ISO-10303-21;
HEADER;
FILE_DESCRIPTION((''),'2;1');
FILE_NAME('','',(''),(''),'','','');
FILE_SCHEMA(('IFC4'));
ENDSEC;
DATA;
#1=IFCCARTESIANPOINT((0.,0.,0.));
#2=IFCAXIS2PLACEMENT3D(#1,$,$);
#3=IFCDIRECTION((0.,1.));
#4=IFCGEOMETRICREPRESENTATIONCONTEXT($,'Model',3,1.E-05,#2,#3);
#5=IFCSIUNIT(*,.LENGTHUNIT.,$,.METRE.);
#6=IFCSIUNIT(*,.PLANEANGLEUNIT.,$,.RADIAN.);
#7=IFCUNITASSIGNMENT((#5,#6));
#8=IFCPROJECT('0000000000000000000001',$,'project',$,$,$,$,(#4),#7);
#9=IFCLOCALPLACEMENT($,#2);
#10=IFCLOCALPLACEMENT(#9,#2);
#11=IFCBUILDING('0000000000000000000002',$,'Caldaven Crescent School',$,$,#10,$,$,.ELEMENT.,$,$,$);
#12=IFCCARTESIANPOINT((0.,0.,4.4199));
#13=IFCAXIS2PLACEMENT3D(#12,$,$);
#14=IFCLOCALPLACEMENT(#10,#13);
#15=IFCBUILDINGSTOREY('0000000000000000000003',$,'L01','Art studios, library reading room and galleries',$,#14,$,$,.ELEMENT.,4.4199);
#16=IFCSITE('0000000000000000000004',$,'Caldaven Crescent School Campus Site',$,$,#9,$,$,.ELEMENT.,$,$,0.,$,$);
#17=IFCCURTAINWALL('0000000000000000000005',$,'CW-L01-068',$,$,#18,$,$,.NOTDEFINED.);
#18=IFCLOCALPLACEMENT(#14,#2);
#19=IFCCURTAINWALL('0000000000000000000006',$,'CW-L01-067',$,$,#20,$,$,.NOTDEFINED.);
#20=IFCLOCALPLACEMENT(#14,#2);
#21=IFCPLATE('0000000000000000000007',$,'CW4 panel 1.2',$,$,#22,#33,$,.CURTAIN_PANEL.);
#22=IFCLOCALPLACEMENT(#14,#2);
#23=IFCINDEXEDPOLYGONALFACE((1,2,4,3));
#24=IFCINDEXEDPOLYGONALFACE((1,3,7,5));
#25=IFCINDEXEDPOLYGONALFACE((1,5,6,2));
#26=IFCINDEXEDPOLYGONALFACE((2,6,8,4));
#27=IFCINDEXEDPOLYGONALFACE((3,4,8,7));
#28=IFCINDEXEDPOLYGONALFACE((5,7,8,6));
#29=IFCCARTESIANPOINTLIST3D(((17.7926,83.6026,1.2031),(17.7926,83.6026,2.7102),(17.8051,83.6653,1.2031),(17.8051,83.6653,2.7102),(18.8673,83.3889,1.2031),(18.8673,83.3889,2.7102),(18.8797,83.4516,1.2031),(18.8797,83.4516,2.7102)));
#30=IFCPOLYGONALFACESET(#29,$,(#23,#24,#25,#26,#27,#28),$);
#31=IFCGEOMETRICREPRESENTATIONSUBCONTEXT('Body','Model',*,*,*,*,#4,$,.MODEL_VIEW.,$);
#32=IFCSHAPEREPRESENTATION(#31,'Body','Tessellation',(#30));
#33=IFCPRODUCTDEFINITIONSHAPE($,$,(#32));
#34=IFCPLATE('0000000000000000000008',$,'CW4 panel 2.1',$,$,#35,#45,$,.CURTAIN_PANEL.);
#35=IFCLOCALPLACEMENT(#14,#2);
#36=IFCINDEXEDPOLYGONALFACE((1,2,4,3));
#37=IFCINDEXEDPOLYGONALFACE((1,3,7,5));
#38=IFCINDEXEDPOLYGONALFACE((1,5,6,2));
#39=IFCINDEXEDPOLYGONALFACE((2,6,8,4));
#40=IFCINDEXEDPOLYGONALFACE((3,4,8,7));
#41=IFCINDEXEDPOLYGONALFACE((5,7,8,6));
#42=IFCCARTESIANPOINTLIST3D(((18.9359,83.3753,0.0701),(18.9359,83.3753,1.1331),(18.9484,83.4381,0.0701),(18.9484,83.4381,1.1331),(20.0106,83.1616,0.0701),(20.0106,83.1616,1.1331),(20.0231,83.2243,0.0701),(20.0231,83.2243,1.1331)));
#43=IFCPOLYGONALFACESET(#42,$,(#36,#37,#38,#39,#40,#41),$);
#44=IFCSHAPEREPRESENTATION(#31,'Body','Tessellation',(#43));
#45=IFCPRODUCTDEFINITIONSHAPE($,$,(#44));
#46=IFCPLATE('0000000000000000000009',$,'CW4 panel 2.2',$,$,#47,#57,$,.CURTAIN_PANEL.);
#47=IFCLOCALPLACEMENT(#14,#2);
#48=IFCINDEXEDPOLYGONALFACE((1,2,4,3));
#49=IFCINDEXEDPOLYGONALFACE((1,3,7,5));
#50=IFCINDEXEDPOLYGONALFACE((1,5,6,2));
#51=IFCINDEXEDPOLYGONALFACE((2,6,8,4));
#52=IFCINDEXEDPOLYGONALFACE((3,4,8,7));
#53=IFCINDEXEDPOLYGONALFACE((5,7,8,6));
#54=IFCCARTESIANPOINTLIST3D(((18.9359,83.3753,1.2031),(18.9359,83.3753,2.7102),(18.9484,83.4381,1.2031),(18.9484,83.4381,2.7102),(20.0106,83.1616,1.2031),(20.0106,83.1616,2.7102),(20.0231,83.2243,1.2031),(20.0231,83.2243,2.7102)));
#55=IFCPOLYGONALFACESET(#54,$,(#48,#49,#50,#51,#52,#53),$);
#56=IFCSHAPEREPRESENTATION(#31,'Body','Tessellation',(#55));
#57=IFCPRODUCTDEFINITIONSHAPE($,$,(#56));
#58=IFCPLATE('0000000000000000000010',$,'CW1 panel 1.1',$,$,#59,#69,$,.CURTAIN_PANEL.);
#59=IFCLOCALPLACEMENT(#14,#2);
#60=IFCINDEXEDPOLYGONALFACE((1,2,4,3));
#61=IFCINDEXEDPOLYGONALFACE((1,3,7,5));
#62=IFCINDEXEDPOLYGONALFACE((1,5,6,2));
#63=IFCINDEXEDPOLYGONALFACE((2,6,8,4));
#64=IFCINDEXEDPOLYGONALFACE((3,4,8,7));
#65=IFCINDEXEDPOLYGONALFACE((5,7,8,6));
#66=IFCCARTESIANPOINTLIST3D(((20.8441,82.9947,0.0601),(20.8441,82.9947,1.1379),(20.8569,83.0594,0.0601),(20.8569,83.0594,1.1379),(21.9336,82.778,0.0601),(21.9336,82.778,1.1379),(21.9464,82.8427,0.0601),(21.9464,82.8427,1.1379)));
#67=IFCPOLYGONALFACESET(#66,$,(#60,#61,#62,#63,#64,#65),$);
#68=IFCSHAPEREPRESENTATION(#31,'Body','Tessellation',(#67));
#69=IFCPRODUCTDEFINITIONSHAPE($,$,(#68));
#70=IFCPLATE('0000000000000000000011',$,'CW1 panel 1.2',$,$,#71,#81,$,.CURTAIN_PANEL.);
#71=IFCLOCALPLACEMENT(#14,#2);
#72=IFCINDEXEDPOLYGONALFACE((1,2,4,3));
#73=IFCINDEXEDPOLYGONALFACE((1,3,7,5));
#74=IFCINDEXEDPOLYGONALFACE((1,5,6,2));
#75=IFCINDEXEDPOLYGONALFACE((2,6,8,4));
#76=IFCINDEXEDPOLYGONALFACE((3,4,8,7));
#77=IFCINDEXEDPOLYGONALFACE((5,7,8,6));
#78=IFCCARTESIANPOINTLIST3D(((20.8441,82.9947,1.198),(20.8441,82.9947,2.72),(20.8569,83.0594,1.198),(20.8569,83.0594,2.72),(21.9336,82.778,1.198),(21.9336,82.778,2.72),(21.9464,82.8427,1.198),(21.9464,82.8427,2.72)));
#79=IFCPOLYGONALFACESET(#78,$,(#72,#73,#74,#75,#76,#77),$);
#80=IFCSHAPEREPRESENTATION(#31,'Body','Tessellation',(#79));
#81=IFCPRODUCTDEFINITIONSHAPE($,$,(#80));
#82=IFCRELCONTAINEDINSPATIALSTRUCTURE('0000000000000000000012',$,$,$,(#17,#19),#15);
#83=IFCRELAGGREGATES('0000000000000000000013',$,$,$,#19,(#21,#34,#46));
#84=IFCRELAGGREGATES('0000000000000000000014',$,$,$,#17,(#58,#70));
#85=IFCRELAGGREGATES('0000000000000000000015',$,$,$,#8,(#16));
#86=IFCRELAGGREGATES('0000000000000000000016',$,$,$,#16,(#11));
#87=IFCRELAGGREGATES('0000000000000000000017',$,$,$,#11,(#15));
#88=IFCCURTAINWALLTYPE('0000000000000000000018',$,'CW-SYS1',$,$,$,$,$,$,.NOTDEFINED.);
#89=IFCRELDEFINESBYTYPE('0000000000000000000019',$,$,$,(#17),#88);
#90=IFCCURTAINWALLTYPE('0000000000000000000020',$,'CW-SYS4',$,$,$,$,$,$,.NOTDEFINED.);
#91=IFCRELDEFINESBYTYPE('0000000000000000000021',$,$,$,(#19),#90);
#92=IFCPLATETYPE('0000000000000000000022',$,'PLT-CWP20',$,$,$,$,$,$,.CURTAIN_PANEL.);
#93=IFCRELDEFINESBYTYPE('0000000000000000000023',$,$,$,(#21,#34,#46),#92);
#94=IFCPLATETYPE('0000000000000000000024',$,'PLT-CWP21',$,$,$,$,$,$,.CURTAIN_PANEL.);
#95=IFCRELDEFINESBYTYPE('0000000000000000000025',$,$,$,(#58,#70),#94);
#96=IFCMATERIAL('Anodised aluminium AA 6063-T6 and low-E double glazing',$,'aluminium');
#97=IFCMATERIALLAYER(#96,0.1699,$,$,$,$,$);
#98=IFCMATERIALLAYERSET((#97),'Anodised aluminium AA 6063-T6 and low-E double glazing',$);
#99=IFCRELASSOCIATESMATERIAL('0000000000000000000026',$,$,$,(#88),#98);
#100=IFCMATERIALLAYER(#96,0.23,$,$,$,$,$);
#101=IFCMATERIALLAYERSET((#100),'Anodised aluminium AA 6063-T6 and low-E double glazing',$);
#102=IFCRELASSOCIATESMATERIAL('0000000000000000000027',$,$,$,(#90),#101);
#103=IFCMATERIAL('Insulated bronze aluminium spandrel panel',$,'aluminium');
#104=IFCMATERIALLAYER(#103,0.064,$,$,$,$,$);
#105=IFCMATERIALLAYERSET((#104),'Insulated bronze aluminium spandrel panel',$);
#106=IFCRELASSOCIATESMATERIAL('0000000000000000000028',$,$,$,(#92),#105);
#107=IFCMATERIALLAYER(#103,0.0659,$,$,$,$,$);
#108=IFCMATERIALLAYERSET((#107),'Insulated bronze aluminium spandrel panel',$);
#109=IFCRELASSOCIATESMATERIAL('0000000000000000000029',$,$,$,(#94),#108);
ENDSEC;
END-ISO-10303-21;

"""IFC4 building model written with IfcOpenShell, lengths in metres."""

from ifc_helpers import new_model, si_unit, direction, frame, origin, origin_2d, place, context, subcontext, project, spatial, rectangle, extrude, material, layer, layer_set, type_object, element, aggregate, save


model = new_model("IFC4")

# Units and contexts
model_context = context("Model", 3, precision=1e-05, world=origin(), true_north=direction((0.0, 1.0)))
body_context = subcontext(model_context, "Body", "Model", "MODEL_VIEW")
ifc_project = project(units=[si_unit("LENGTHUNIT", "METRE"), si_unit("PLANEANGLEUNIT", "RADIAN")], contexts=[model_context])

# Site, building, storey
site_placement = place(None, origin())
site = spatial("IfcSite", under=ifc_project, at=site_placement, Name="Caldaven Crescent School Campus Site", CompositionType="ELEMENT", RefElevation=0.0)
building_placement = place(site_placement, origin())
building = spatial("IfcBuilding", under=site, at=building_placement, Name="Caldaven Crescent School", CompositionType="ELEMENT")
storey_placement = place(building_placement, frame((0.0, 0.0, 4.4199)))
storey = spatial("IfcBuildingStorey", under=building, at=storey_placement, Name="L01", Description="Art studios, library reading room and galleries", CompositionType="ELEMENT", Elevation=4.4199)

# Curtain walls
ifc_material_1 = material(Name="Anodised aluminium AA 6063-T6 and low-E double glazing", Category="aluminium")
ifc_layer_1 = layer(ifc_material_1, 0.1699)
ifc_layer_set_1 = layer_set([ifc_layer_1], Name="Anodised aluminium AA 6063-T6 and low-E double glazing")
curtain_wall_type_1 = type_object("IfcCurtainWallType", Name="CW-SYS1", PredefinedType="NOTDEFINED", material=ifc_layer_set_1)
curtain_wall_1_placement = place(storey_placement, origin())
curtain_wall_1 = element("IfcCurtainWall", 1, at=curtain_wall_1_placement, inside=storey, type_object=curtain_wall_type_1, Name="CW-L01-068", PredefinedType="NOTDEFINED")
ifc_layer_2 = layer(ifc_material_1, 0.23)
ifc_layer_set_2 = layer_set([ifc_layer_2], Name="Anodised aluminium AA 6063-T6 and low-E double glazing")
curtain_wall_type_2 = type_object("IfcCurtainWallType", Name="CW-SYS4", PredefinedType="NOTDEFINED", material=ifc_layer_set_2)
curtain_wall_2_placement = place(storey_placement, origin())
curtain_wall_2 = element("IfcCurtainWall", 2, at=curtain_wall_2_placement, inside=storey, type_object=curtain_wall_type_2, Name="CW-L01-067", PredefinedType="NOTDEFINED")

# Plates
ifc_material_2 = material(Name="Insulated bronze aluminium spandrel panel", Category="aluminium")
ifc_layer_3 = layer(ifc_material_2, 0.064)
ifc_layer_set_3 = layer_set([ifc_layer_3], Name="Insulated bronze aluminium spandrel panel")
plate_type_1 = type_object("IfcPlateType", Name="PLT-CWP20", PredefinedType="CURTAIN_PANEL", material=ifc_layer_set_3)
plate_1_placement = place(storey_placement, frame((18.3362, 83.5271, 1.2031), z_axis=(0.0, 0.0, 1.0), x_axis=(0.980786, -0.195087, 0.0)))
plate_1 = element("IfcPlate", 3, at=plate_1_placement, type_object=plate_type_1, Name="CW4 panel 1.2", PredefinedType="CURTAIN_PANEL", context=body_context, shape_type="SweptSolid", body=[
    extrude(rectangle(XDim=1.0957, YDim=0.064, at=origin_2d()), origin(), (0.0, 0.0, 1.0), 1.5071),
])
plate_2_placement = place(storey_placement, frame((19.4795, 83.2998, 0.0701), z_axis=(0.0, 0.0, 1.0), x_axis=(0.980786, -0.195087, 0.0)))
plate_2 = element("IfcPlate", 4, at=plate_2_placement, type_object=plate_type_1, Name="CW4 panel 2.1", PredefinedType="CURTAIN_PANEL", context=body_context, shape_type="SweptSolid", body=[
    extrude(rectangle(XDim=1.0957, YDim=0.064, at=origin_2d()), origin(), (0.0, 0.0, 1.0), 1.063),
])
plate_3_placement = place(storey_placement, frame((19.4795, 83.2998, 1.2031), z_axis=(0.0, 0.0, 1.0), x_axis=(0.980786, -0.195087, 0.0)))
plate_3 = element("IfcPlate", 5, at=plate_3_placement, type_object=plate_type_1, Name="CW4 panel 2.2", PredefinedType="CURTAIN_PANEL", context=body_context, shape_type="SweptSolid", body=[
    extrude(rectangle(XDim=1.0957, YDim=0.064, at=origin_2d()), origin(), (0.0, 0.0, 1.0), 1.5071),
])
aggregate(curtain_wall_2, [plate_1, plate_2, plate_3])
ifc_layer_4 = layer(ifc_material_2, 0.0659)
ifc_layer_set_4 = layer_set([ifc_layer_4], Name="Insulated bronze aluminium spandrel panel")
plate_type_2 = type_object("IfcPlateType", Name="PLT-CWP21", PredefinedType="CURTAIN_PANEL", material=ifc_layer_set_4)
plate_4_placement = place(storey_placement, frame((21.3953, 82.9187, 0.0601), z_axis=(0.0, 0.0, 1.0), x_axis=(0.980785, -0.195091, 0.0)))
plate_4 = element("IfcPlate", 6, at=plate_4_placement, type_object=plate_type_2, Name="CW1 panel 1.1", PredefinedType="CURTAIN_PANEL", context=body_context, shape_type="SweptSolid", body=[
    extrude(rectangle(XDim=1.1108, YDim=0.0659, at=origin_2d()), origin(), (0.0, 0.0, 1.0), 1.0779),
])
plate_5_placement = place(storey_placement, frame((21.3953, 82.9187, 1.198), z_axis=(0.0, 0.0, 1.0), x_axis=(0.980785, -0.195091, 0.0)))
plate_5 = element("IfcPlate", 7, at=plate_5_placement, type_object=plate_type_2, Name="CW1 panel 1.2", PredefinedType="CURTAIN_PANEL", context=body_context, shape_type="SweptSolid", body=[
    extrude(rectangle(XDim=1.1108, YDim=0.0659, at=origin_2d()), origin(), (0.0, 0.0, 1.0), 1.522),
])
aggregate(curtain_wall_1, [plate_4, plate_5])

save(model, "model.ifc")
